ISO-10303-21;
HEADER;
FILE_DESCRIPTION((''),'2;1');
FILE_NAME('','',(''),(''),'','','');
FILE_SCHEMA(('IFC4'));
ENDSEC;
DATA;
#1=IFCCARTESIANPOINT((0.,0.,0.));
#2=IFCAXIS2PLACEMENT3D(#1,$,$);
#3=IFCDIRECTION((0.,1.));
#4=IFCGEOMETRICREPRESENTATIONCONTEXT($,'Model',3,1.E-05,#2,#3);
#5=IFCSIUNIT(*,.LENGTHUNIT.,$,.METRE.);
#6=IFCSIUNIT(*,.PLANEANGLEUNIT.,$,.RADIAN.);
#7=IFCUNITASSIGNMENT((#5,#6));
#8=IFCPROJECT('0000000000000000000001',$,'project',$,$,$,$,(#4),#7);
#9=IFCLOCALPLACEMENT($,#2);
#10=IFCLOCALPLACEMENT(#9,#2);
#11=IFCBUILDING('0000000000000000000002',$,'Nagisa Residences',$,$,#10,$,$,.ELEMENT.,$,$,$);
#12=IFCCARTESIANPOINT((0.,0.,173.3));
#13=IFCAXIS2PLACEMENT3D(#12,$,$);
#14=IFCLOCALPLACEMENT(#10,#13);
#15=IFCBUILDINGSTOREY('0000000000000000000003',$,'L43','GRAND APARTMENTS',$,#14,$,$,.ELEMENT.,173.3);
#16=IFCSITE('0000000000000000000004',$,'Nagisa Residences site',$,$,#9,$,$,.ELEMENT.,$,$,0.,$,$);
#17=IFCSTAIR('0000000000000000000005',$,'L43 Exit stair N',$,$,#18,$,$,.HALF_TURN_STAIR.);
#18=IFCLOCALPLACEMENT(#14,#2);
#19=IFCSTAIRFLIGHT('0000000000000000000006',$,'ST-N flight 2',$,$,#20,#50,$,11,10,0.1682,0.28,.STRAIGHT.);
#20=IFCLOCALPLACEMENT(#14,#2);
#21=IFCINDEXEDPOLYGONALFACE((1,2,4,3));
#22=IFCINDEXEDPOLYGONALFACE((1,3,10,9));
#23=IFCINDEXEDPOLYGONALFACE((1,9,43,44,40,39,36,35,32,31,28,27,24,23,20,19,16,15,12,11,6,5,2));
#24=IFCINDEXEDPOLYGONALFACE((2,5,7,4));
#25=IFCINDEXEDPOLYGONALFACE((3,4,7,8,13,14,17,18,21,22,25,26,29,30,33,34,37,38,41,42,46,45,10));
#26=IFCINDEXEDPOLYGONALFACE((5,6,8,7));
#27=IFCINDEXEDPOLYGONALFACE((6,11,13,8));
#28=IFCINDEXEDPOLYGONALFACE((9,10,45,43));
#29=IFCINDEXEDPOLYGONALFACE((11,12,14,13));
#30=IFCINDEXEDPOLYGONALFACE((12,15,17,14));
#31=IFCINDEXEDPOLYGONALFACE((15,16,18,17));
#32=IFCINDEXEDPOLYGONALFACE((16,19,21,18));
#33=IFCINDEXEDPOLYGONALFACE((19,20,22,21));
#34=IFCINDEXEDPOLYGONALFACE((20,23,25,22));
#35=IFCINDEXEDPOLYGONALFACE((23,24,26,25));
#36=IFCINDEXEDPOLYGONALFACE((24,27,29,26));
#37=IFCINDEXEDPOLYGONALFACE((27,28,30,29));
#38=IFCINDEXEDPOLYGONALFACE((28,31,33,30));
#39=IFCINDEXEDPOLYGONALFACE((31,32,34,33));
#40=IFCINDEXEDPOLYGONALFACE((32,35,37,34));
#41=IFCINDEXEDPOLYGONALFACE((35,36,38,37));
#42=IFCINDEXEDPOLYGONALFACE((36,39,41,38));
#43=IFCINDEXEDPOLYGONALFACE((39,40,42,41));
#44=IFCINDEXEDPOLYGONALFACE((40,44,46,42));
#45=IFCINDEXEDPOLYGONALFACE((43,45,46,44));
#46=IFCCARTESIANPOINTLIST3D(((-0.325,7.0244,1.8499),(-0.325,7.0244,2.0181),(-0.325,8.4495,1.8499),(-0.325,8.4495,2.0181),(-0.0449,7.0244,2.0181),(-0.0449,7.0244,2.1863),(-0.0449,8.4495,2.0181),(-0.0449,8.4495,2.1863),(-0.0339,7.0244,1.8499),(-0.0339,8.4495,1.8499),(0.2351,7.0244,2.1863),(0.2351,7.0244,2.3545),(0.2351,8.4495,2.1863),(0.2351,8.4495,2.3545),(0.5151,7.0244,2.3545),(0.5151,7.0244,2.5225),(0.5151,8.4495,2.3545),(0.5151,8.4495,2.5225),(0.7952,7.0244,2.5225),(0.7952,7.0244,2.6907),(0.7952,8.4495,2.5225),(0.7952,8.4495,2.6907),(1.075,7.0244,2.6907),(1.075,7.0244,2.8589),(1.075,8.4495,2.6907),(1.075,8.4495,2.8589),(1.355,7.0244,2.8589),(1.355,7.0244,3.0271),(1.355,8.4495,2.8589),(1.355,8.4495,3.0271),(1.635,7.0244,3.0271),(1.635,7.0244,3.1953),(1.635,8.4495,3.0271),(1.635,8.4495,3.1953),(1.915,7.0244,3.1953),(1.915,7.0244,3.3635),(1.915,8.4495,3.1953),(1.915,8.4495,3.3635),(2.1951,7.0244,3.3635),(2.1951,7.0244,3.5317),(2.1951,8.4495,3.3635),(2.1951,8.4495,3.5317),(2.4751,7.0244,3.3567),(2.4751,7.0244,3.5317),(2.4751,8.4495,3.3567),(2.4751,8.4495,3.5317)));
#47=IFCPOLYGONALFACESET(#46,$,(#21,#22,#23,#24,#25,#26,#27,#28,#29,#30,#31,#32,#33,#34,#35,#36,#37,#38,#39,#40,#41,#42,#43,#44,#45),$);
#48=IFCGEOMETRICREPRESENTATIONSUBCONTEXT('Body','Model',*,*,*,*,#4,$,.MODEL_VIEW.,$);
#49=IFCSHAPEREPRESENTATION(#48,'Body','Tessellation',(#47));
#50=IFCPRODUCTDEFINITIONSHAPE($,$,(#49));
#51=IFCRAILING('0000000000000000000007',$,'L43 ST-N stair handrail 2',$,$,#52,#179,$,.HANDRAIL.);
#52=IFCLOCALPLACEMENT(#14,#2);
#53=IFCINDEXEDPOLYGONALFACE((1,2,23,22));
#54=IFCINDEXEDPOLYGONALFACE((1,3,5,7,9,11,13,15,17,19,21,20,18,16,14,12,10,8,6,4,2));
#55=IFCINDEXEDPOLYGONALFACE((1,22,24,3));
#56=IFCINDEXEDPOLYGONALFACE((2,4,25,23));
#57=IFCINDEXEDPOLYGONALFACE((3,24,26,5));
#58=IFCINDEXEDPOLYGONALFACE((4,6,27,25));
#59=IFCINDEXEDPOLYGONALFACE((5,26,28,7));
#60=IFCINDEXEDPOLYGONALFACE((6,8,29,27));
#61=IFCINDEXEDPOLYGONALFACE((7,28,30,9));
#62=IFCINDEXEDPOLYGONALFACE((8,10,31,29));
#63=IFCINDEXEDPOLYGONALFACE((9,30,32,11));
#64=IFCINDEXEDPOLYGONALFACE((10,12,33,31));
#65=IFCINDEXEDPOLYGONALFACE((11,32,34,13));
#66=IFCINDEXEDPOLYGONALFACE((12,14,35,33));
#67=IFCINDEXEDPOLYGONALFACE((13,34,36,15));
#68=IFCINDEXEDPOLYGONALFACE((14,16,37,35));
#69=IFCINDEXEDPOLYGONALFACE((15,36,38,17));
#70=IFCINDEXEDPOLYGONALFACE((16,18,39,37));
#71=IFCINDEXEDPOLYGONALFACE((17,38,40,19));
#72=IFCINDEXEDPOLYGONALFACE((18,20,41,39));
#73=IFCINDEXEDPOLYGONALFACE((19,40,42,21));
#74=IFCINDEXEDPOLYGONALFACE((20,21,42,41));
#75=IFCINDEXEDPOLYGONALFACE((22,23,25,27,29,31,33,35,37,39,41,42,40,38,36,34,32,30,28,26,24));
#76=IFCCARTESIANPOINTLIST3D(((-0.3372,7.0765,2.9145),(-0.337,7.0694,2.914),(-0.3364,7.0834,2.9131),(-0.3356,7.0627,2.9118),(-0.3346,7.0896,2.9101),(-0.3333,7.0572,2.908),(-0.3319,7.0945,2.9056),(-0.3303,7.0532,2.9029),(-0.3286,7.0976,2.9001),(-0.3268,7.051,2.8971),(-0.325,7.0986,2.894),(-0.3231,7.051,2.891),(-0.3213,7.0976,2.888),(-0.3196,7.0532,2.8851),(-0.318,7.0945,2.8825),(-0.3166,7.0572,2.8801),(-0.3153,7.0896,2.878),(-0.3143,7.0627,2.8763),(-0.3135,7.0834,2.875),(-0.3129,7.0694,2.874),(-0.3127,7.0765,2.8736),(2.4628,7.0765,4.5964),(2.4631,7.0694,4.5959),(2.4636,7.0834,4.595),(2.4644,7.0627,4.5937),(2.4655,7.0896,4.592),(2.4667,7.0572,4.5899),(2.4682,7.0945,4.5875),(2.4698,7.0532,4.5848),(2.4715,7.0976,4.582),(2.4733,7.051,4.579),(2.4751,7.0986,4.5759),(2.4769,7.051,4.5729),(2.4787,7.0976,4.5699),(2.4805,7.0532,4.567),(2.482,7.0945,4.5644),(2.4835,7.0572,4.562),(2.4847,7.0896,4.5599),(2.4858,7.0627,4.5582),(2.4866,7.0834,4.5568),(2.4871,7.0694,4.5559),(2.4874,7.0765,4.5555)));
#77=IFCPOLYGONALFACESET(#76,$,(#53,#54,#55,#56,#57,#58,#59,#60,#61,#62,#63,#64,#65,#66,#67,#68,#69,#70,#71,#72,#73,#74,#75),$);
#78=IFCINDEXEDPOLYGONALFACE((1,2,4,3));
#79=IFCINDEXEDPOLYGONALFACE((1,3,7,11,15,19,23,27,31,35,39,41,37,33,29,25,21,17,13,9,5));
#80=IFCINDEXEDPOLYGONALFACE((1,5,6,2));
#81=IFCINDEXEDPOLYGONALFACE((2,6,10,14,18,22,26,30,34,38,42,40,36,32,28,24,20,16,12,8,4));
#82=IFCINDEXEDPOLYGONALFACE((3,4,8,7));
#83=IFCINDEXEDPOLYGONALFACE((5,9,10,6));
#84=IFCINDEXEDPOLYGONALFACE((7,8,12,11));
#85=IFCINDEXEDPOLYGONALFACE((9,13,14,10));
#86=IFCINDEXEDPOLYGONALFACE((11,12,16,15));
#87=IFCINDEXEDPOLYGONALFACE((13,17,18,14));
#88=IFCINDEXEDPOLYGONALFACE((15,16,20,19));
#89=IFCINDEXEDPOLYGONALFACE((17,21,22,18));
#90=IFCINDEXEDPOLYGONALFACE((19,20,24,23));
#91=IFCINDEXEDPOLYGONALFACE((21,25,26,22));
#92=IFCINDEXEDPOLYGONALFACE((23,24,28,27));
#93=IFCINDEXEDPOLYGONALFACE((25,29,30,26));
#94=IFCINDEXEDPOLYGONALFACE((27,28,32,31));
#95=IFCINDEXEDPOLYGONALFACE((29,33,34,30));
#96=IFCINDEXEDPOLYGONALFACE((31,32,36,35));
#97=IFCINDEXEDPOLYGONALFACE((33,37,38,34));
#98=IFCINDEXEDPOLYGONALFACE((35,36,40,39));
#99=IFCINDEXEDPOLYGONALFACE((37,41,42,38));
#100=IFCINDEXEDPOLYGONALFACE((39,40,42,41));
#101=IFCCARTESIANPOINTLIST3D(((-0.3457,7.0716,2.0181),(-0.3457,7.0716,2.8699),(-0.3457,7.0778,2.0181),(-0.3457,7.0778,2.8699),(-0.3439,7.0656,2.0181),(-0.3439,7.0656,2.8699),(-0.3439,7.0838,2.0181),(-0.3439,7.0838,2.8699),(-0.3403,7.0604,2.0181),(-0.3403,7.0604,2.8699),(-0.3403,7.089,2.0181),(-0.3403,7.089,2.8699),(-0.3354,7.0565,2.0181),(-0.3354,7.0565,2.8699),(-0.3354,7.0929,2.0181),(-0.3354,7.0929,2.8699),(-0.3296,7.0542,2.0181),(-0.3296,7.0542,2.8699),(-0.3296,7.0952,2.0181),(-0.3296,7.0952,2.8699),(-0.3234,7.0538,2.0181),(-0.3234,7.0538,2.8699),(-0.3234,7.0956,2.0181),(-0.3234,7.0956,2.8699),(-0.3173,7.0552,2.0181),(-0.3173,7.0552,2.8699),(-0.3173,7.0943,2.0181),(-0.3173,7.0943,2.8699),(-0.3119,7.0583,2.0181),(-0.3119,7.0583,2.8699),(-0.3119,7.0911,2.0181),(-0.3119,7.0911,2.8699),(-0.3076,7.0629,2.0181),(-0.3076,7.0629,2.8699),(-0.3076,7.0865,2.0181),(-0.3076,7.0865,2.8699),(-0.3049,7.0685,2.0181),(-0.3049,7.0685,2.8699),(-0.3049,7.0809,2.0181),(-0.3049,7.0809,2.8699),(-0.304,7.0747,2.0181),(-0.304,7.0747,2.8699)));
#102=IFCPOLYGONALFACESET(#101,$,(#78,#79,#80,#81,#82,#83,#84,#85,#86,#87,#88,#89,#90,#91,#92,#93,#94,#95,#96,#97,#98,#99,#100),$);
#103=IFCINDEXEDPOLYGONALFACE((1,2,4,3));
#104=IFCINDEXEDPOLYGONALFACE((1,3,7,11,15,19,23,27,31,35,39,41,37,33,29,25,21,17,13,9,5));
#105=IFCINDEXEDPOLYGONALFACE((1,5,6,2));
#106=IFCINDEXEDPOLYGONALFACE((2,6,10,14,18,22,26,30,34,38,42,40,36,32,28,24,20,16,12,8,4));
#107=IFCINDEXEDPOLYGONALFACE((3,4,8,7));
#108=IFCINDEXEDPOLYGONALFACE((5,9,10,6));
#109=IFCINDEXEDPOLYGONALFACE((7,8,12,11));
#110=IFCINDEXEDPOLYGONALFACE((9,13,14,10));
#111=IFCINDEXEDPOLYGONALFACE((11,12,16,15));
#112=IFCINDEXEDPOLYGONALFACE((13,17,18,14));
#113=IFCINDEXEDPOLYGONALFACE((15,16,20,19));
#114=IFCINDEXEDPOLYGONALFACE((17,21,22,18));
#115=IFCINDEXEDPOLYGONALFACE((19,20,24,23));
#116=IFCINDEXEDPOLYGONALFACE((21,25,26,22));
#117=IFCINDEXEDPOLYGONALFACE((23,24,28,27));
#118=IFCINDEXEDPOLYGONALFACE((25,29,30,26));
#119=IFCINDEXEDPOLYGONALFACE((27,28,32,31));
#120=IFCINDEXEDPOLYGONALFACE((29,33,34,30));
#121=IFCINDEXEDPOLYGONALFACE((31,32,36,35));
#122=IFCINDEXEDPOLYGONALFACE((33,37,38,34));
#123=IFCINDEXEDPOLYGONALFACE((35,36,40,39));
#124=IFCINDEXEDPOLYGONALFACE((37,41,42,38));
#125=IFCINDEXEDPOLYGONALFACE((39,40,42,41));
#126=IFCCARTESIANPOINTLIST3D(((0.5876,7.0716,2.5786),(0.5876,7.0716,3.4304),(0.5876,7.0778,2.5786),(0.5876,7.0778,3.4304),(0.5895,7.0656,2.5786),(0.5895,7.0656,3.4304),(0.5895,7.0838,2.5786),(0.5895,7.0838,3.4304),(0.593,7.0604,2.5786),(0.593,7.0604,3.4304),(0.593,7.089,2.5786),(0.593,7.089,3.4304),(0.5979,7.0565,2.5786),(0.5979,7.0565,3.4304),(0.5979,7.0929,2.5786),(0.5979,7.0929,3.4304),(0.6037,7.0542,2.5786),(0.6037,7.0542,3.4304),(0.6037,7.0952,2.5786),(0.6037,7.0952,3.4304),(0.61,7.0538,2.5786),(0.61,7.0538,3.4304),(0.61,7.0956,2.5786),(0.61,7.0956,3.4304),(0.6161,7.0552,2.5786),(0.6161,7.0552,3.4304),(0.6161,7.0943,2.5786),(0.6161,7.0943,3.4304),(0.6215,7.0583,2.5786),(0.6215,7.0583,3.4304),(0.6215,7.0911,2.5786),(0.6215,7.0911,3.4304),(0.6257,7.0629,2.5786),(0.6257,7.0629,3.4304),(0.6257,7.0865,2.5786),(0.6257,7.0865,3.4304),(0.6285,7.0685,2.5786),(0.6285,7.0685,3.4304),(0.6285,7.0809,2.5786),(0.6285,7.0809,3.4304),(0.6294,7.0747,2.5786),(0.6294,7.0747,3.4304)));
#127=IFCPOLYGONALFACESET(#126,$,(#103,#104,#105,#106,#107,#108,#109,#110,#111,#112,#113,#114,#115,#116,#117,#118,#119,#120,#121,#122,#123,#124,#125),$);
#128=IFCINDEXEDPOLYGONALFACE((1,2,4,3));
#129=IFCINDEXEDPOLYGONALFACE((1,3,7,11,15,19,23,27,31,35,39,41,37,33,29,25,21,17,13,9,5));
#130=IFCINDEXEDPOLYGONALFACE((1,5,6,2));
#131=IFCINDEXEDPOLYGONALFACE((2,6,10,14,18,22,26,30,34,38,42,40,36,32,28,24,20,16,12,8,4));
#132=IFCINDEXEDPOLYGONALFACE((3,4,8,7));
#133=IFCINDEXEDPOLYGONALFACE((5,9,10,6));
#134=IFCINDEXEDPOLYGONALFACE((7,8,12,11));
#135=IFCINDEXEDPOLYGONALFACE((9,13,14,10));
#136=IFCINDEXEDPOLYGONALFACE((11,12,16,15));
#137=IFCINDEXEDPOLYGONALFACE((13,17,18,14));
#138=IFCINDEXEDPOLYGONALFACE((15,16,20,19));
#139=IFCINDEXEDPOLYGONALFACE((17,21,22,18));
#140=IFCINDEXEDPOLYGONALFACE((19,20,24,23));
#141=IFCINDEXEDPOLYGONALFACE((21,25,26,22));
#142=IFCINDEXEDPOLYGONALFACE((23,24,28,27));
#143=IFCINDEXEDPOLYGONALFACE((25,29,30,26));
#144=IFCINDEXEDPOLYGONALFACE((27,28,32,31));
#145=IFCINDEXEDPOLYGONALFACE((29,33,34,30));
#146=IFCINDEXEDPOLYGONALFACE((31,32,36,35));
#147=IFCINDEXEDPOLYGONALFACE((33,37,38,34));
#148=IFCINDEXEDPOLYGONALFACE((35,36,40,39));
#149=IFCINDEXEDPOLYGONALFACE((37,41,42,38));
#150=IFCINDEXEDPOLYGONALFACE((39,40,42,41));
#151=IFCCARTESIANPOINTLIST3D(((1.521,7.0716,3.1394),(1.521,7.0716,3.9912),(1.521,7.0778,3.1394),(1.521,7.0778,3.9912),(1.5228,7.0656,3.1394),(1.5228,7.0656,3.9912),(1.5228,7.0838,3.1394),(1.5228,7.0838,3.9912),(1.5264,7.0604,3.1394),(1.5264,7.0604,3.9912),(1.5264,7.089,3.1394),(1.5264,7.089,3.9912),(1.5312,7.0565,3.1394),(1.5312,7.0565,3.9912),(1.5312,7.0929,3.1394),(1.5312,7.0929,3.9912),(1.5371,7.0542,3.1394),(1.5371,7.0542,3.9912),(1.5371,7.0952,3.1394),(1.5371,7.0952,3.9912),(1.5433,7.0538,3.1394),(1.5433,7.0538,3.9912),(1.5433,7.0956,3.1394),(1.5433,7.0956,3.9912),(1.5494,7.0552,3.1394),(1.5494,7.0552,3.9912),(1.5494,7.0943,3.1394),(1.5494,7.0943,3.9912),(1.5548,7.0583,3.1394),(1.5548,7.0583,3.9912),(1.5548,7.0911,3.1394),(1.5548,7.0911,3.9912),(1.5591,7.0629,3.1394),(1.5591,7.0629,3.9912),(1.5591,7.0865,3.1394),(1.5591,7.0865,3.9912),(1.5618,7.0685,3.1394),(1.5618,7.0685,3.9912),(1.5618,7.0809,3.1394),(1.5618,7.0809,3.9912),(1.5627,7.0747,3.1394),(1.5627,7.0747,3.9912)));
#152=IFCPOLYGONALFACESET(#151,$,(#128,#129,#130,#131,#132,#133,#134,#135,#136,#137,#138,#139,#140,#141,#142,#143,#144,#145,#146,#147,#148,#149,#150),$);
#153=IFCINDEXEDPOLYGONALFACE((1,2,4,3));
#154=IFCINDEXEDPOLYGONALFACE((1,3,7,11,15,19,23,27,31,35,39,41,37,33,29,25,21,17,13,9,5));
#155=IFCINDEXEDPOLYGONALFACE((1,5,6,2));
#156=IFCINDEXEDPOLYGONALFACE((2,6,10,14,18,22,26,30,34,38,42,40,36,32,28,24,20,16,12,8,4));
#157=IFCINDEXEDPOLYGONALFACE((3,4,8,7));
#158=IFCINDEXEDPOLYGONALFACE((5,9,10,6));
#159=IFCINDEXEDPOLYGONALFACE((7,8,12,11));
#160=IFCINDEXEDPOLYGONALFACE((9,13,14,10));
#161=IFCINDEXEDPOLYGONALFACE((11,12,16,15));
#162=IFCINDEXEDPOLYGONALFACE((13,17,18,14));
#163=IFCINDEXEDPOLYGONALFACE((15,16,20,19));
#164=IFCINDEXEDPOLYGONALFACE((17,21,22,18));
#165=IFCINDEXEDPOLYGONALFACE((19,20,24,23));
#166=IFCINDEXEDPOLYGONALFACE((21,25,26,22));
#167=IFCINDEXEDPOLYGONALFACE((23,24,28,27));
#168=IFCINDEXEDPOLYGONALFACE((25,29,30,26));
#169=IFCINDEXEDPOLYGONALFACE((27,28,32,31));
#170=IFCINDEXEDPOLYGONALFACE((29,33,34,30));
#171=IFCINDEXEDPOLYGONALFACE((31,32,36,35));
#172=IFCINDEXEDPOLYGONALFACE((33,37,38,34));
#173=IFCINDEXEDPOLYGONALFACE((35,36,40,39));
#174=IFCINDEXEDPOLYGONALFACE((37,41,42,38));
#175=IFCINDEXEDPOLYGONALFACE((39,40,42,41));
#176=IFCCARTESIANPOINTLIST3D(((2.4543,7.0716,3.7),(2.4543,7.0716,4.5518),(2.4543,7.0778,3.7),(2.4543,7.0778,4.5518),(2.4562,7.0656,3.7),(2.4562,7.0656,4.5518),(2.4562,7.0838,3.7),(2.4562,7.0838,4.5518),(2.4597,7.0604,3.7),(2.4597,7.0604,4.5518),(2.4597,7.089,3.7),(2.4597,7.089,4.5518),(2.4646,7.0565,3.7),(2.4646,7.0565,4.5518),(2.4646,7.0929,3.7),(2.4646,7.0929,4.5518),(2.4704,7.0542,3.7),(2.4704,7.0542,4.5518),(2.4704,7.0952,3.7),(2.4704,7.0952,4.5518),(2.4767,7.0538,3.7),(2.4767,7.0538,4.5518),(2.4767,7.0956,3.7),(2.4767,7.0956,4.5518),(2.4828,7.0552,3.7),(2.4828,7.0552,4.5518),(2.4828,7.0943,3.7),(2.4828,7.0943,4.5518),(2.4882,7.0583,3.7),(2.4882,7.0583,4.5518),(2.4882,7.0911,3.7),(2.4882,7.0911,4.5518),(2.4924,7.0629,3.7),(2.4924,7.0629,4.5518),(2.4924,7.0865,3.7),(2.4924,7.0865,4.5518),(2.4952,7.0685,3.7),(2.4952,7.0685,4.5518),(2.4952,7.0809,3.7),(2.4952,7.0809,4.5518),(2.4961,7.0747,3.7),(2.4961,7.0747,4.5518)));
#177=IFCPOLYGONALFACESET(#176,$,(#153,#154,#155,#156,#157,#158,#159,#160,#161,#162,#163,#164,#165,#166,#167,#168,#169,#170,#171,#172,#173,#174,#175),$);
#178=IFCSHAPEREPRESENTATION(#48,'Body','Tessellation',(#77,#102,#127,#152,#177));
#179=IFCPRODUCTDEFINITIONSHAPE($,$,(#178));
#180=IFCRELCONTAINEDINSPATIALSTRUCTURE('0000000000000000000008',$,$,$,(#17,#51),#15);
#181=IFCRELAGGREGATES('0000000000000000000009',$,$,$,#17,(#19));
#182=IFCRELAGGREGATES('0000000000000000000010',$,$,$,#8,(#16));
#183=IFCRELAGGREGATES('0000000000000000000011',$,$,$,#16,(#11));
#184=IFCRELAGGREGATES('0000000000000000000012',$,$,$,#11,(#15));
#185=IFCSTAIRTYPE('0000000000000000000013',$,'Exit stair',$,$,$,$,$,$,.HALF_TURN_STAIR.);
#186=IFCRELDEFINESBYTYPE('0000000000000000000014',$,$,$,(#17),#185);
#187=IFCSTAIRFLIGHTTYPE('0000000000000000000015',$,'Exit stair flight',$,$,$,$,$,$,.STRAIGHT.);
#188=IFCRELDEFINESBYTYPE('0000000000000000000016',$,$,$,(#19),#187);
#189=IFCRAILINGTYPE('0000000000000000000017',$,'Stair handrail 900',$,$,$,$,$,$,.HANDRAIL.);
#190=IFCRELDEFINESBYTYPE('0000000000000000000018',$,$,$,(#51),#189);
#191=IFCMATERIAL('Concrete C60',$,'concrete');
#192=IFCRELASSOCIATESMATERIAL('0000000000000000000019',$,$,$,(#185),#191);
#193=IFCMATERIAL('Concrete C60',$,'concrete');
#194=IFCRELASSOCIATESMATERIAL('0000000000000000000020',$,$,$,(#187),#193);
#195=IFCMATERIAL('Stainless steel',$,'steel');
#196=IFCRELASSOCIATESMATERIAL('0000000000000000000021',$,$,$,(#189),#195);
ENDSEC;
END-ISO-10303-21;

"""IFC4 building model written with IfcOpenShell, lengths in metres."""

from ifc_helpers import new_model, si_unit, direction, frame, origin, origin_2d, place, context, subcontext, project, spatial, polyline, circle, outline, extrude, material, type_object, element, aggregate, save


model = new_model("IFC4")

# Units and contexts
model_context = context("Model", 3, precision=1e-05, world=origin(), true_north=direction((0.0, 1.0)))
body_context = subcontext(model_context, "Body", "Model", "MODEL_VIEW")
ifc_project = project(units=[si_unit("LENGTHUNIT", "METRE"), si_unit("PLANEANGLEUNIT", "RADIAN")], contexts=[model_context])

# Site, building, storey
site_placement = place(None, origin())
site = spatial("IfcSite", under=ifc_project, at=site_placement, Name="Nagisa Residences site", CompositionType="ELEMENT", RefElevation=0.0)
building_placement = place(site_placement, origin())
building = spatial("IfcBuilding", under=site, at=building_placement, Name="Nagisa Residences", CompositionType="ELEMENT")
storey_placement = place(building_placement, frame((0.0, 0.0, 173.3)))
storey = spatial("IfcBuildingStorey", under=building, at=storey_placement, Name="L43", Description="GRAND APARTMENTS", CompositionType="ELEMENT", Elevation=173.3)

# Stair
ifc_material_1 = material(Name="Concrete C60", Category="concrete")
stair_type = type_object("IfcStairType", Name="Exit stair", PredefinedType="HALF_TURN_STAIR", material=ifc_material_1)
stair_1_placement = place(storey_placement, origin())
stair_1 = element("IfcStair", 1, at=stair_1_placement, inside=storey, type_object=stair_type, Name="L43 Exit stair N", PredefinedType="HALF_TURN_STAIR")

# Stair flight
ifc_material_2 = material(Name="Concrete C60", Category="concrete")
stair_flight_type = type_object("IfcStairFlightType", Name="Exit stair flight", PredefinedType="STRAIGHT", material=ifc_material_2)
stair_flight_placement = place(storey_placement, frame((-0.325, 7.7371, 1.8499), z_axis=(0.0, 0.0, 1.0), x_axis=(1.0, 0.0, 0.0)))
stair_flight = element("IfcStairFlight", 2, at=stair_flight_placement, type_object=stair_flight_type, Name="ST-N flight 2", NumberOfRisers=11, NumberOfTreads=10, PredefinedType="STRAIGHT", RiserHeight=0.1682, TreadLength=0.28, context=body_context, shape_type="SweptSolid", body=[
    extrude(outline(polyline([(0.0, 0.0), (0.0, 0.1682), (0.28, 0.1682), (0.28, 0.3364), (0.5601, 0.3364), (0.5601, 0.5046), (0.8401, 0.5046), (0.8401, 0.6726), (1.1201, 0.6726), (1.1201, 0.8408), (1.3999, 0.8408), (1.3999, 1.009), (1.6799, 1.009), (1.6799, 1.1772), (1.96, 1.1772), (1.96, 1.3455), (2.24, 1.3455), (2.24, 1.5137), (2.52, 1.5137), (2.52, 1.6819), (2.8, 1.6819), (2.8, 1.8501), (2.8, 1.5068), (0.291, 0.0), (0.0, 0.0)])), frame((0.0, 0.7124, 0.0), z_axis=(0.0, -1.0, 0.0), x_axis=(1.0, 0.0, 0.0)), (0.0, 0.0, 1.0), 1.425),
])
aggregate(stair_1, [stair_flight])

# Railing
ifc_material_3 = material(Name="Stainless steel", Category="steel")
railing_type = type_object("IfcRailingType", Name="Stair handrail 900", PredefinedType="HANDRAIL", material=ifc_material_3)
railing_placement = place(storey_placement, frame((-0.325, 7.0747, 2.0181)))
element("IfcRailing", 3, at=railing_placement, inside=storey, type_object=railing_type, Name="L43 ST-N stair handrail 2", PredefinedType="HANDRAIL", context=body_context, shape_type="SweptSolid", body=[
    extrude(circle(Radius=0.0239, at=origin_2d()), frame((0.0, 0.0, 0.876), z_axis=(0.857242, 0.0, 0.514913), x_axis=(0.0, 1.0, 0.0)), (0.0, 0.0, 1.0), 3.2664),
    extrude(circle(Radius=0.021, at=origin_2d()), origin(), (0.0, 0.0, 1.0), 0.8518),
    extrude(circle(Radius=0.021, at=origin_2d()), frame((0.9333, 0.0, 0.5605)), (0.0, 0.0, 1.0), 0.8518),
    extrude(circle(Radius=0.021, at=origin_2d()), frame((1.8667, 0.0, 1.1213)), (0.0, 0.0, 1.0), 0.8518),
    extrude(circle(Radius=0.021, at=origin_2d()), frame((2.8, 0.0, 1.6819)), (0.0, 0.0, 1.0), 0.8518),
])

save(model, "model.ifc")
